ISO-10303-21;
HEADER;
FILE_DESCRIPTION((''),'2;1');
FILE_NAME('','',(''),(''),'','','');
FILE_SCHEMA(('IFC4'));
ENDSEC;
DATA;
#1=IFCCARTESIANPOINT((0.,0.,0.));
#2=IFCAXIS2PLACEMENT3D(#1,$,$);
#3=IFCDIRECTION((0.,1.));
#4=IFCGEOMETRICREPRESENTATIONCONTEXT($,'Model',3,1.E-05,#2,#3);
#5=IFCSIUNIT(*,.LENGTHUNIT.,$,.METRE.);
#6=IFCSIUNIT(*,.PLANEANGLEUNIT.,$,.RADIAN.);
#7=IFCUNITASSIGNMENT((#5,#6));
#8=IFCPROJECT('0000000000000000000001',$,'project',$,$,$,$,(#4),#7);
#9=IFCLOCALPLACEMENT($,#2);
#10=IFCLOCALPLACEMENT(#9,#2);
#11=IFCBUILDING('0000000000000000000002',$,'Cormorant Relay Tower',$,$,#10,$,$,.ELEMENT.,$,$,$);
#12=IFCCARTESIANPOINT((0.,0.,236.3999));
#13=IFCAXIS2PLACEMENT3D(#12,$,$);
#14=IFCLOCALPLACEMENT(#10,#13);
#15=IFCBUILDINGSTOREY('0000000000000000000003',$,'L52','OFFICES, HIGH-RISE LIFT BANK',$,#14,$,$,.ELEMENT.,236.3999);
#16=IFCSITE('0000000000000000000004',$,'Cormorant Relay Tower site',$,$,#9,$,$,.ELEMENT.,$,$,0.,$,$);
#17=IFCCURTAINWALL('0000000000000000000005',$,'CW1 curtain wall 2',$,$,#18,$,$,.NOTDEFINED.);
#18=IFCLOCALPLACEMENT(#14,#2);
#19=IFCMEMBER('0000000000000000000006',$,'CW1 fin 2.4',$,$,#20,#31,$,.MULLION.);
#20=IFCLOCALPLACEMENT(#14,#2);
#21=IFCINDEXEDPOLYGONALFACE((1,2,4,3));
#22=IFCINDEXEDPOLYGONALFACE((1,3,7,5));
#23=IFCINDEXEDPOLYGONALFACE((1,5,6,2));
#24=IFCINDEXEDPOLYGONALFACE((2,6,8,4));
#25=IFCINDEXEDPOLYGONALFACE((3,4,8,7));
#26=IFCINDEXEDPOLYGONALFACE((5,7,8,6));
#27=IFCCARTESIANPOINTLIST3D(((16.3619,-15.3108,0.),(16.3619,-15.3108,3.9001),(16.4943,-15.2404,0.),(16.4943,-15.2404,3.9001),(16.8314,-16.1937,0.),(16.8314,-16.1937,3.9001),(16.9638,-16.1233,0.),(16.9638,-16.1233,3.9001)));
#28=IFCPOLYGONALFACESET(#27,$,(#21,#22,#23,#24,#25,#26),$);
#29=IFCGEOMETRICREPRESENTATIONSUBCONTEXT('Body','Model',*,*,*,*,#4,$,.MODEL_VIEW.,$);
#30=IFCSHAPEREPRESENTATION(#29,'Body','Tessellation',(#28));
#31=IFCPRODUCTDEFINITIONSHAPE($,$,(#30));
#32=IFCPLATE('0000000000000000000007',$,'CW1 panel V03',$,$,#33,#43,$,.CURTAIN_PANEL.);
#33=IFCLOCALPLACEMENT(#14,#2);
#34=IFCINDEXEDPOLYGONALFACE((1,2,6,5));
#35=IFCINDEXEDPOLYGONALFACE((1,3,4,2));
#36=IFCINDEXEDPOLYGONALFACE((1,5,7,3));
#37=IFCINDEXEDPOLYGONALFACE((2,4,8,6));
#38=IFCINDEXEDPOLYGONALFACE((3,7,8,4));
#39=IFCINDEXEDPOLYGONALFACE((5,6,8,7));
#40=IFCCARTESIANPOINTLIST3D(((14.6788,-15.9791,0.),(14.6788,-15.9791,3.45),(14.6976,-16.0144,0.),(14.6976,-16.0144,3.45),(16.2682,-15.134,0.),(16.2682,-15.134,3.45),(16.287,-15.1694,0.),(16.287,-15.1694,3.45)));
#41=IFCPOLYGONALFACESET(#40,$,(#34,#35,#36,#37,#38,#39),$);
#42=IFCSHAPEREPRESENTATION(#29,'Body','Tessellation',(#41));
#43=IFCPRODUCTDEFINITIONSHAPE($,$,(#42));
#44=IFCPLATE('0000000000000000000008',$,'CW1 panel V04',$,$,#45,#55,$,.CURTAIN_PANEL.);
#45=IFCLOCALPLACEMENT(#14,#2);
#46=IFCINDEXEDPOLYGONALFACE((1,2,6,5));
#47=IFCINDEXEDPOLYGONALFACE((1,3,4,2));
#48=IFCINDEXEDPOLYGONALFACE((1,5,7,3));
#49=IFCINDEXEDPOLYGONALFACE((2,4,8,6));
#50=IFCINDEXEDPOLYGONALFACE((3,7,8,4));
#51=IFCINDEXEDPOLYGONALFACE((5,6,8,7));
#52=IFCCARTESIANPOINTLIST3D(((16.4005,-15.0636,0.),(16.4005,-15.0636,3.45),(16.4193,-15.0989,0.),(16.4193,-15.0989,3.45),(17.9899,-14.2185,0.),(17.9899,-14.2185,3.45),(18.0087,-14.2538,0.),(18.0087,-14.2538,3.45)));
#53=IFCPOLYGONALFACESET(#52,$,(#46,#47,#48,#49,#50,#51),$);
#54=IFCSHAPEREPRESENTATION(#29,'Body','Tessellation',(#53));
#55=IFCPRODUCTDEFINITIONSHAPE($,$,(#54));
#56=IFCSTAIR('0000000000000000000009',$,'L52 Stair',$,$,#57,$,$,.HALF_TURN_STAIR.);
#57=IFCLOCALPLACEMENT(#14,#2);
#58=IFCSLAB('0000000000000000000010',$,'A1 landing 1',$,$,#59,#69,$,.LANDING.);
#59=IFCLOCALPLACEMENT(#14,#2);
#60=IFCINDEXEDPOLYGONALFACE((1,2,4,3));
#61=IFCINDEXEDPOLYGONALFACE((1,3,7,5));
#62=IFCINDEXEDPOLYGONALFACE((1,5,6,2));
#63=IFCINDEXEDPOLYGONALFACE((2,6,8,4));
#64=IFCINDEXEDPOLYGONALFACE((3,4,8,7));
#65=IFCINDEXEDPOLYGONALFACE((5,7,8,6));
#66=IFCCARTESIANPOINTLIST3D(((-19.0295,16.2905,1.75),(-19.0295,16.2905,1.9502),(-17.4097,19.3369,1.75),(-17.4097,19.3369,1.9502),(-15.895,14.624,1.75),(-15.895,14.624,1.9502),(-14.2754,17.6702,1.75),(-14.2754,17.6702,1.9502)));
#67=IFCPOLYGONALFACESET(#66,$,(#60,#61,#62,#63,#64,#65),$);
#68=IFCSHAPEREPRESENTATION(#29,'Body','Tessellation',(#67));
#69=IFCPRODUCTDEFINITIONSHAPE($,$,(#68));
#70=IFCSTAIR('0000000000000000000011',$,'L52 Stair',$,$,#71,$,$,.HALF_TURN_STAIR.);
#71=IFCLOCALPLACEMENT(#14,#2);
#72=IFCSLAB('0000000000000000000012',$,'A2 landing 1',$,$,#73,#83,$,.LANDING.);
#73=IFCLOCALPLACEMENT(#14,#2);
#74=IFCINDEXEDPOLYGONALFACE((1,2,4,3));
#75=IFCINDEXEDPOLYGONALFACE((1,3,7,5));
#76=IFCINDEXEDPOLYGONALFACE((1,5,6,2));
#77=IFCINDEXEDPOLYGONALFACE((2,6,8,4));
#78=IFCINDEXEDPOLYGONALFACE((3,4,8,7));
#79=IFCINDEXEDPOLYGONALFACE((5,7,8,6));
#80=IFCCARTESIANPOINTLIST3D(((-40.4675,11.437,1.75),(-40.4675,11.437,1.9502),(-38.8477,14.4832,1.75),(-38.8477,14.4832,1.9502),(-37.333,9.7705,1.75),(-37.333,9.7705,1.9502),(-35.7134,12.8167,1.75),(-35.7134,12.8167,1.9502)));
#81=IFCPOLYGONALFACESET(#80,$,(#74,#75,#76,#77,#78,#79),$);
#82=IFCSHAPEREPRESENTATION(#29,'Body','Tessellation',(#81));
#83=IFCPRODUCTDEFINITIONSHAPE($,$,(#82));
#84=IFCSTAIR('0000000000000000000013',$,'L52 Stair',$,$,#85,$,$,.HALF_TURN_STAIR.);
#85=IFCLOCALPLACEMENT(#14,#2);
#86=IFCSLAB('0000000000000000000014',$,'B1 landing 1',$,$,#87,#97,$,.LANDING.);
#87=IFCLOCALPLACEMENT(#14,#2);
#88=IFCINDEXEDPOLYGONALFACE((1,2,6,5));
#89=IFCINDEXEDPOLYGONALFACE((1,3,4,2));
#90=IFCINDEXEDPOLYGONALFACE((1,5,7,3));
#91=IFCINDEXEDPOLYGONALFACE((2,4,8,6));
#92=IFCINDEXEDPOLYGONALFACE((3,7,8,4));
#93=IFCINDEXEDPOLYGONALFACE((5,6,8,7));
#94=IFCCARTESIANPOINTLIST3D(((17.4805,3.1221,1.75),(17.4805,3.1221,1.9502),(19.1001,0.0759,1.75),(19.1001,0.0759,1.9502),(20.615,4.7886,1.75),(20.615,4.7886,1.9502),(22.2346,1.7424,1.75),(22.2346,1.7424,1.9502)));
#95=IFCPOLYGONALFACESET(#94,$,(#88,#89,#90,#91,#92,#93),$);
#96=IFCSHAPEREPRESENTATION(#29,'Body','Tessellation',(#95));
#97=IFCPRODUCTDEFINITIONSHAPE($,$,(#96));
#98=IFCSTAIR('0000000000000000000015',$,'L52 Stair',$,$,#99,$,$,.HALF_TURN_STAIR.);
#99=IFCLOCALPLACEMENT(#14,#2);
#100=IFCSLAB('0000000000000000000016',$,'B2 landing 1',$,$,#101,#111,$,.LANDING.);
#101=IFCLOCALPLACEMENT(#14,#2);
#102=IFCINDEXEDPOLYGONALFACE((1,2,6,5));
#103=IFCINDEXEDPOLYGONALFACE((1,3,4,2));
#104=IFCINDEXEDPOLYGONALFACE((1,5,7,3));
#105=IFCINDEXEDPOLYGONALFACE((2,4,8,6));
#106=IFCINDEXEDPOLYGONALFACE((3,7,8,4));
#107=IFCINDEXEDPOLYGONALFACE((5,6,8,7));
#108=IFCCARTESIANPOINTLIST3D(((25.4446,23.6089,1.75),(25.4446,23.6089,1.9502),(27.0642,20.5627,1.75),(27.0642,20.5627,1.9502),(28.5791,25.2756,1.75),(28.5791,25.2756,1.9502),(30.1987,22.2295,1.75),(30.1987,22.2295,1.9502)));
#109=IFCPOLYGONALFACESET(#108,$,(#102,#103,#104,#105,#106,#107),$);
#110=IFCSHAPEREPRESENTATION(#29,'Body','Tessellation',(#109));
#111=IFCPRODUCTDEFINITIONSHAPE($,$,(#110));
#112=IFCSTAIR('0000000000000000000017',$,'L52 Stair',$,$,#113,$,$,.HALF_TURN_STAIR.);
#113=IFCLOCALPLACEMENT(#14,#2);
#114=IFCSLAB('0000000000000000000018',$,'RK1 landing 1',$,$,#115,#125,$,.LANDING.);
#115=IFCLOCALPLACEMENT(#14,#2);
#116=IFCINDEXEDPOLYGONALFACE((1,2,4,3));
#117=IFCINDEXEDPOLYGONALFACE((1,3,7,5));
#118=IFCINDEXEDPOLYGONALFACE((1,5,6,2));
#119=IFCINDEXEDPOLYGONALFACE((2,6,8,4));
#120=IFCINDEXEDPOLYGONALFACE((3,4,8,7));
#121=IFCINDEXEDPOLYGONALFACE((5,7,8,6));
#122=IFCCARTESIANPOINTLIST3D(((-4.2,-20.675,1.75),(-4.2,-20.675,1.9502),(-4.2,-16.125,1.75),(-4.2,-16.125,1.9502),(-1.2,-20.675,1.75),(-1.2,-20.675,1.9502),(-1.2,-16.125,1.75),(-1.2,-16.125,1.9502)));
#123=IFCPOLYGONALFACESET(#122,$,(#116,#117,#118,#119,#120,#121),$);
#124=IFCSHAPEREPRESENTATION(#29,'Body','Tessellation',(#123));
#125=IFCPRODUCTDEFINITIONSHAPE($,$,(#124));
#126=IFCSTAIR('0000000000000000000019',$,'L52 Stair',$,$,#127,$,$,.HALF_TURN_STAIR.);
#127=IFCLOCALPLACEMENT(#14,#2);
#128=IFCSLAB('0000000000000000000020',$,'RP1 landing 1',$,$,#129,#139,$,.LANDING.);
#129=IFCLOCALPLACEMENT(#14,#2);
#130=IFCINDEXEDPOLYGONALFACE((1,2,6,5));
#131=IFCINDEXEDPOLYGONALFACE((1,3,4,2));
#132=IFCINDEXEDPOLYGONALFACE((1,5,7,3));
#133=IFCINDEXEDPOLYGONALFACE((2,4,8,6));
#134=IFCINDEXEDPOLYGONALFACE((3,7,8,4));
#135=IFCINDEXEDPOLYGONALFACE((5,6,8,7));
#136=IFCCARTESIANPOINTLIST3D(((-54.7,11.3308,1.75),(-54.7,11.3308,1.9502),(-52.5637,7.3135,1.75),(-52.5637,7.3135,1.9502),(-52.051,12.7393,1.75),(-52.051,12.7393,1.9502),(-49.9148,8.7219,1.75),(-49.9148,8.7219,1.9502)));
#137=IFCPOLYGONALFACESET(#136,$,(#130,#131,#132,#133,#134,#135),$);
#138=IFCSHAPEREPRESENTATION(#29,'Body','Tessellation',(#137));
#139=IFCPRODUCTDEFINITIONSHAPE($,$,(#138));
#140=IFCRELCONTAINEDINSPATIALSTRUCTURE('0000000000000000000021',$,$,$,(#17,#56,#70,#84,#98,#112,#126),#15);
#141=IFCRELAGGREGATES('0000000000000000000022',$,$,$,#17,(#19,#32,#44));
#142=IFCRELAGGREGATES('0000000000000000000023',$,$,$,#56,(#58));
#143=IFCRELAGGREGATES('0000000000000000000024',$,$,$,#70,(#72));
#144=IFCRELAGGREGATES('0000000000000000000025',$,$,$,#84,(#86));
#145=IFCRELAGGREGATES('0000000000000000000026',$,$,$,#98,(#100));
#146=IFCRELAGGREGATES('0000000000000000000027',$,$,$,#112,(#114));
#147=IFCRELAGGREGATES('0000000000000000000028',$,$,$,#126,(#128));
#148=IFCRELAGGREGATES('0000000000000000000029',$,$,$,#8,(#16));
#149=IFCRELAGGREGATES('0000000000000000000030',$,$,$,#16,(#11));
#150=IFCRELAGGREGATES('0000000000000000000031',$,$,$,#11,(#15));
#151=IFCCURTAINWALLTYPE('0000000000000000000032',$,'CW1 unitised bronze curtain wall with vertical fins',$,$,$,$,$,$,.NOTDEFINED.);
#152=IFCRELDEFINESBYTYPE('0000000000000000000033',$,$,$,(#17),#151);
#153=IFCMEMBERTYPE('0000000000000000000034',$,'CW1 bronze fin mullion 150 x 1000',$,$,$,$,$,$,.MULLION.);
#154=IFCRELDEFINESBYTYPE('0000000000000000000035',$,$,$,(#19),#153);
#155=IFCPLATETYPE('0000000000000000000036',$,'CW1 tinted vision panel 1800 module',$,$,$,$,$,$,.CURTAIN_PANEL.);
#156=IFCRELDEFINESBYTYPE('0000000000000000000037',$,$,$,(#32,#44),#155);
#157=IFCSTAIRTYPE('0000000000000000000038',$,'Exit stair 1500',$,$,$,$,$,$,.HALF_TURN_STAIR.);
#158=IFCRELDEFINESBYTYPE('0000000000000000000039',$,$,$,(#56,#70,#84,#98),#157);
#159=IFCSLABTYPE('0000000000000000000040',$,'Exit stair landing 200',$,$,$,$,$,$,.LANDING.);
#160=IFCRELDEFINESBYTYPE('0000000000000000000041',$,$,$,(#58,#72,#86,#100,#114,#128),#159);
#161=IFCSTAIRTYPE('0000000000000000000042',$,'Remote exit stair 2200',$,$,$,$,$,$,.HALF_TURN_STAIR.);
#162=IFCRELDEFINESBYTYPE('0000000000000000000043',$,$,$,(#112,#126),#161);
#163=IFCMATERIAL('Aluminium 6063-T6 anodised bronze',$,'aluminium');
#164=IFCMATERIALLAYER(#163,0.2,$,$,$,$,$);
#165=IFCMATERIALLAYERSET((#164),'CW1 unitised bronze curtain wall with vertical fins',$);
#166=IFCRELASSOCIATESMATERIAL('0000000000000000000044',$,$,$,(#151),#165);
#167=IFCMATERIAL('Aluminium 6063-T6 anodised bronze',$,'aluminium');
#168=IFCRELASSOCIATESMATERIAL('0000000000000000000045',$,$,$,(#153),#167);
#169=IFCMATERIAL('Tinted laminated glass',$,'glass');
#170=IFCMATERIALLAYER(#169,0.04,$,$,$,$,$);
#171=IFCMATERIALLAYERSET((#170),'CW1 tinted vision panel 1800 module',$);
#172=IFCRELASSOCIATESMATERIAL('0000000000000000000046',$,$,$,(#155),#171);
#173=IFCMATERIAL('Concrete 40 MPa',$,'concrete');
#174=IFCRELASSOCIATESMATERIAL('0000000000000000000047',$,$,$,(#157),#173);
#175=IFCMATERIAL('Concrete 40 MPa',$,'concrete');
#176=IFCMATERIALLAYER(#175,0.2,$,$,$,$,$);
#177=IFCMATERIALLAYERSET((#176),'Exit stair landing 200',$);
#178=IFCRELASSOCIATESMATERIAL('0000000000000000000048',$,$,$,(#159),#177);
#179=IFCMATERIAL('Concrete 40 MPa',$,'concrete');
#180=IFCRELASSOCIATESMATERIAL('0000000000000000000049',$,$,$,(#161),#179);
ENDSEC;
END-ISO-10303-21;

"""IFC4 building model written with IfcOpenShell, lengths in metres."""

from ifc_helpers import new_model, si_unit, direction, frame, origin, origin_2d, place, context, subcontext, project, spatial, polyline, rectangle, outline, extrude, material, layer, layer_set, material_profile, profile_set, type_object, element, aggregate, save


model = new_model("IFC4")

# Units and contexts
model_context = context("Model", 3, precision=1e-05, world=origin(), true_north=direction((0.0, 1.0)))
body_context = subcontext(model_context, "Body", "Model", "MODEL_VIEW")
ifc_project = project(units=[si_unit("LENGTHUNIT", "METRE"), si_unit("PLANEANGLEUNIT", "RADIAN")], contexts=[model_context])

# Site, building, storey
site_placement = place(None, origin())
site = spatial("IfcSite", under=ifc_project, at=site_placement, Name="Cormorant Relay Tower site", CompositionType="ELEMENT", RefElevation=0.0)
building_placement = place(site_placement, origin())
building = spatial("IfcBuilding", under=site, at=building_placement, Name="Cormorant Relay Tower", CompositionType="ELEMENT")
storey_placement = place(building_placement, frame((0.0, 0.0, 236.3999)))
storey = spatial("IfcBuildingStorey", under=building, at=storey_placement, Name="L52", Description="OFFICES, HIGH-RISE LIFT BANK", CompositionType="ELEMENT", Elevation=236.3999)

# Curtain wall, member, plates
ifc_material_1 = material(Name="Aluminium 6063-T6 anodised bronze", Category="aluminium")
ifc_layer_1 = layer(ifc_material_1, 0.2)
ifc_layer_set_1 = layer_set([ifc_layer_1], Name="CW1 unitised bronze curtain wall with vertical fins")
curtain_wall_type = type_object("IfcCurtainWallType", Name="CW1 unitised bronze curtain wall with vertical fins", PredefinedType="NOTDEFINED", material=ifc_layer_set_1)
curtain_wall_placement = place(storey_placement, origin())
curtain_wall = element("IfcCurtainWall", 1, at=curtain_wall_placement, inside=storey, type_object=curtain_wall_type, Name="CW1 curtain wall 2", PredefinedType="NOTDEFINED")
ifc_material_2 = material(Name="Aluminium 6063-T6 anodised bronze", Category="aluminium")
ifc_material_profile_1 = material_profile(ifc_material_2, rectangle(XDim=0.1499, YDim=1.0, at=origin_2d()), Name="AL 150x1000")
ifc_profile_set_1 = profile_set([ifc_material_profile_1], Name="Aluminium 6063-T6 anodised bronze")
member_type = type_object("IfcMemberType", Name="CW1 bronze fin mullion 150 x 1000", PredefinedType="MULLION", material=ifc_profile_set_1)
member_placement = place(storey_placement, frame((16.6628, -15.717, 0.0), z_axis=(0.0, 0.0, 1.0), x_axis=(0.882948, 0.469472, 0.0)))
member = element("IfcMember", 2, at=member_placement, type_object=member_type, Name="CW1 fin 2.4", PredefinedType="MULLION", context=body_context, shape_type="SweptSolid", body=[
    extrude(rectangle(XDim=0.1499, YDim=1.0, at=origin_2d()), origin(), (0.0, 0.0, 1.0), 3.9001),
])
ifc_material_3 = material(Name="Tinted laminated glass", Category="glass")
ifc_layer_2 = layer(ifc_material_3, 0.04)
ifc_layer_set_2 = layer_set([ifc_layer_2], Name="CW1 tinted vision panel 1800 module")
plate_type = type_object("IfcPlateType", Name="CW1 tinted vision panel 1800 module", PredefinedType="CURTAIN_PANEL", material=ifc_layer_set_2)
plate_1_placement = place(storey_placement, frame((15.4829, -15.5742, 0.0), z_axis=(0.0, 0.0, 1.0), x_axis=(0.882948, 0.469472, 0.0)))
plate_1 = element("IfcPlate", 3, at=plate_1_placement, type_object=plate_type, Name="CW1 panel V03", PredefinedType="CURTAIN_PANEL", context=body_context, shape_type="SweptSolid", body=[
    extrude(rectangle(XDim=1.8, YDim=0.04, at=origin_2d()), origin(), (0.0, 0.0, 1.0), 3.45),
])
plate_2_placement = place(storey_placement, frame((17.2046, -14.6587, 0.0), z_axis=(0.0, 0.0, 1.0), x_axis=(0.882948, 0.469472, 0.0)))
plate_2 = element("IfcPlate", 4, at=plate_2_placement, type_object=plate_type, Name="CW1 panel V04", PredefinedType="CURTAIN_PANEL", context=body_context, shape_type="SweptSolid", body=[
    extrude(rectangle(XDim=1.8, YDim=0.04, at=origin_2d()), origin(), (0.0, 0.0, 1.0), 3.45),
])
aggregate(curtain_wall, [member, plate_1, plate_2])

# Stairs, slabs
ifc_material_4 = material(Name="Concrete 40 MPa", Category="concrete")
stair_type_1 = type_object("IfcStairType", Name="Exit stair 1500", PredefinedType="HALF_TURN_STAIR", material=ifc_material_4)
stair_1_placement = place(storey_placement, origin())
stair_1 = element("IfcStair", 5, at=stair_1_placement, inside=storey, type_object=stair_type_1, Name="L52 Stair", PredefinedType="HALF_TURN_STAIR")
ifc_material_5 = material(Name="Concrete 40 MPa", Category="concrete")
ifc_layer_3 = layer(ifc_material_5, 0.2)
ifc_layer_set_3 = layer_set([ifc_layer_3], Name="Exit stair landing 200")
slab_type_1 = type_object("IfcSlabType", Name="Exit stair landing 200", PredefinedType="LANDING", material=ifc_layer_set_3)
slab_1_placement = place(storey_placement, frame((0.0, 0.0, 1.75)))
slab_1 = element("IfcSlab", 6, at=slab_1_placement, type_object=slab_type_1, Name="A1 landing 1", PredefinedType="LANDING", context=body_context, shape_type="SweptSolid", body=[
    extrude(outline(polyline([(-19.0295, 16.2905), (-15.895, 14.624), (-14.2754, 17.6702), (-17.4097, 19.3369), (-19.0295, 16.2905)])), origin(), (0.0, 0.0, 1.0), 0.2002),
])
aggregate(stair_1, [slab_1])
stair_2_placement = place(storey_placement, origin())
stair_2 = element("IfcStair", 7, at=stair_2_placement, inside=storey, type_object=stair_type_1, Name="L52 Stair", PredefinedType="HALF_TURN_STAIR")
slab_2_placement = place(storey_placement, frame((0.0, 0.0, 1.75)))
slab_2 = element("IfcSlab", 8, at=slab_2_placement, type_object=slab_type_1, Name="A2 landing 1", PredefinedType="LANDING", context=body_context, shape_type="SweptSolid", body=[
    extrude(outline(polyline([(-35.7134, 12.8167), (-38.8477, 14.4832), (-40.4675, 11.437), (-37.333, 9.7705), (-35.7134, 12.8167)])), origin(), (0.0, 0.0, 1.0), 0.2002),
])
aggregate(stair_2, [slab_2])
stair_3_placement = place(storey_placement, origin())
stair_3 = element("IfcStair", 9, at=stair_3_placement, inside=storey, type_object=stair_type_1, Name="L52 Stair", PredefinedType="HALF_TURN_STAIR")
slab_3_placement = place(storey_placement, frame((0.0, 0.0, 1.75)))
slab_3 = element("IfcSlab", 10, at=slab_3_placement, type_object=slab_type_1, Name="B1 landing 1", PredefinedType="LANDING", context=body_context, shape_type="SweptSolid", body=[
    extrude(outline(polyline([(20.615, 4.7886), (17.4805, 3.1221), (19.1001, 0.0759), (22.2346, 1.7424), (20.615, 4.7886)])), origin(), (0.0, 0.0, 1.0), 0.2002),
])
aggregate(stair_3, [slab_3])
stair_4_placement = place(storey_placement, origin())
stair_4 = element("IfcStair", 11, at=stair_4_placement, inside=storey, type_object=stair_type_1, Name="L52 Stair", PredefinedType="HALF_TURN_STAIR")
slab_4_placement = place(storey_placement, frame((0.0, 0.0, 1.75)))
slab_4 = element("IfcSlab", 12, at=slab_4_placement, type_object=slab_type_1, Name="B2 landing 1", PredefinedType="LANDING", context=body_context, shape_type="SweptSolid", body=[
    extrude(outline(polyline([(27.0642, 20.5627), (30.1987, 22.2295), (28.5791, 25.2756), (25.4446, 23.6089), (27.0642, 20.5627)])), origin(), (0.0, 0.0, 1.0), 0.2002),
])
aggregate(stair_4, [slab_4])
ifc_material_6 = material(Name="Concrete 40 MPa", Category="concrete")
stair_type_2 = type_object("IfcStairType", Name="Remote exit stair 2200", PredefinedType="HALF_TURN_STAIR", material=ifc_material_6)
stair_5_placement = place(storey_placement, origin())
stair_5 = element("IfcStair", 13, at=stair_5_placement, inside=storey, type_object=stair_type_2, Name="L52 Stair", PredefinedType="HALF_TURN_STAIR")
slab_5_placement = place(storey_placement, frame((0.0, 0.0, 1.75)))
slab_5 = element("IfcSlab", 14, at=slab_5_placement, type_object=slab_type_1, Name="RK1 landing 1", PredefinedType="LANDING", context=body_context, shape_type="SweptSolid", body=[
    extrude(outline(polyline([(-1.2, -16.125), (-4.2, -16.125), (-4.2, -20.675), (-1.2, -20.675), (-1.2, -16.125)])), origin(), (0.0, 0.0, 1.0), 0.2002),
])
aggregate(stair_5, [slab_5])
stair_6_placement = place(storey_placement, origin())
stair_6 = element("IfcStair", 15, at=stair_6_placement, inside=storey, type_object=stair_type_2, Name="L52 Stair", PredefinedType="HALF_TURN_STAIR")
slab_6_placement = place(storey_placement, frame((0.0, 0.0, 1.75)))
slab_6 = element("IfcSlab", 16, at=slab_6_placement, type_object=slab_type_1, Name="RP1 landing 1", PredefinedType="LANDING", context=body_context, shape_type="SweptSolid", body=[
    extrude(outline(polyline([(-52.051, 12.7393), (-54.7, 11.3308), (-52.5637, 7.3135), (-49.9148, 8.7219), (-52.051, 12.7393)])), origin(), (0.0, 0.0, 1.0), 0.2002),
])
aggregate(stair_6, [slab_6])

save(model, "model.ifc")
